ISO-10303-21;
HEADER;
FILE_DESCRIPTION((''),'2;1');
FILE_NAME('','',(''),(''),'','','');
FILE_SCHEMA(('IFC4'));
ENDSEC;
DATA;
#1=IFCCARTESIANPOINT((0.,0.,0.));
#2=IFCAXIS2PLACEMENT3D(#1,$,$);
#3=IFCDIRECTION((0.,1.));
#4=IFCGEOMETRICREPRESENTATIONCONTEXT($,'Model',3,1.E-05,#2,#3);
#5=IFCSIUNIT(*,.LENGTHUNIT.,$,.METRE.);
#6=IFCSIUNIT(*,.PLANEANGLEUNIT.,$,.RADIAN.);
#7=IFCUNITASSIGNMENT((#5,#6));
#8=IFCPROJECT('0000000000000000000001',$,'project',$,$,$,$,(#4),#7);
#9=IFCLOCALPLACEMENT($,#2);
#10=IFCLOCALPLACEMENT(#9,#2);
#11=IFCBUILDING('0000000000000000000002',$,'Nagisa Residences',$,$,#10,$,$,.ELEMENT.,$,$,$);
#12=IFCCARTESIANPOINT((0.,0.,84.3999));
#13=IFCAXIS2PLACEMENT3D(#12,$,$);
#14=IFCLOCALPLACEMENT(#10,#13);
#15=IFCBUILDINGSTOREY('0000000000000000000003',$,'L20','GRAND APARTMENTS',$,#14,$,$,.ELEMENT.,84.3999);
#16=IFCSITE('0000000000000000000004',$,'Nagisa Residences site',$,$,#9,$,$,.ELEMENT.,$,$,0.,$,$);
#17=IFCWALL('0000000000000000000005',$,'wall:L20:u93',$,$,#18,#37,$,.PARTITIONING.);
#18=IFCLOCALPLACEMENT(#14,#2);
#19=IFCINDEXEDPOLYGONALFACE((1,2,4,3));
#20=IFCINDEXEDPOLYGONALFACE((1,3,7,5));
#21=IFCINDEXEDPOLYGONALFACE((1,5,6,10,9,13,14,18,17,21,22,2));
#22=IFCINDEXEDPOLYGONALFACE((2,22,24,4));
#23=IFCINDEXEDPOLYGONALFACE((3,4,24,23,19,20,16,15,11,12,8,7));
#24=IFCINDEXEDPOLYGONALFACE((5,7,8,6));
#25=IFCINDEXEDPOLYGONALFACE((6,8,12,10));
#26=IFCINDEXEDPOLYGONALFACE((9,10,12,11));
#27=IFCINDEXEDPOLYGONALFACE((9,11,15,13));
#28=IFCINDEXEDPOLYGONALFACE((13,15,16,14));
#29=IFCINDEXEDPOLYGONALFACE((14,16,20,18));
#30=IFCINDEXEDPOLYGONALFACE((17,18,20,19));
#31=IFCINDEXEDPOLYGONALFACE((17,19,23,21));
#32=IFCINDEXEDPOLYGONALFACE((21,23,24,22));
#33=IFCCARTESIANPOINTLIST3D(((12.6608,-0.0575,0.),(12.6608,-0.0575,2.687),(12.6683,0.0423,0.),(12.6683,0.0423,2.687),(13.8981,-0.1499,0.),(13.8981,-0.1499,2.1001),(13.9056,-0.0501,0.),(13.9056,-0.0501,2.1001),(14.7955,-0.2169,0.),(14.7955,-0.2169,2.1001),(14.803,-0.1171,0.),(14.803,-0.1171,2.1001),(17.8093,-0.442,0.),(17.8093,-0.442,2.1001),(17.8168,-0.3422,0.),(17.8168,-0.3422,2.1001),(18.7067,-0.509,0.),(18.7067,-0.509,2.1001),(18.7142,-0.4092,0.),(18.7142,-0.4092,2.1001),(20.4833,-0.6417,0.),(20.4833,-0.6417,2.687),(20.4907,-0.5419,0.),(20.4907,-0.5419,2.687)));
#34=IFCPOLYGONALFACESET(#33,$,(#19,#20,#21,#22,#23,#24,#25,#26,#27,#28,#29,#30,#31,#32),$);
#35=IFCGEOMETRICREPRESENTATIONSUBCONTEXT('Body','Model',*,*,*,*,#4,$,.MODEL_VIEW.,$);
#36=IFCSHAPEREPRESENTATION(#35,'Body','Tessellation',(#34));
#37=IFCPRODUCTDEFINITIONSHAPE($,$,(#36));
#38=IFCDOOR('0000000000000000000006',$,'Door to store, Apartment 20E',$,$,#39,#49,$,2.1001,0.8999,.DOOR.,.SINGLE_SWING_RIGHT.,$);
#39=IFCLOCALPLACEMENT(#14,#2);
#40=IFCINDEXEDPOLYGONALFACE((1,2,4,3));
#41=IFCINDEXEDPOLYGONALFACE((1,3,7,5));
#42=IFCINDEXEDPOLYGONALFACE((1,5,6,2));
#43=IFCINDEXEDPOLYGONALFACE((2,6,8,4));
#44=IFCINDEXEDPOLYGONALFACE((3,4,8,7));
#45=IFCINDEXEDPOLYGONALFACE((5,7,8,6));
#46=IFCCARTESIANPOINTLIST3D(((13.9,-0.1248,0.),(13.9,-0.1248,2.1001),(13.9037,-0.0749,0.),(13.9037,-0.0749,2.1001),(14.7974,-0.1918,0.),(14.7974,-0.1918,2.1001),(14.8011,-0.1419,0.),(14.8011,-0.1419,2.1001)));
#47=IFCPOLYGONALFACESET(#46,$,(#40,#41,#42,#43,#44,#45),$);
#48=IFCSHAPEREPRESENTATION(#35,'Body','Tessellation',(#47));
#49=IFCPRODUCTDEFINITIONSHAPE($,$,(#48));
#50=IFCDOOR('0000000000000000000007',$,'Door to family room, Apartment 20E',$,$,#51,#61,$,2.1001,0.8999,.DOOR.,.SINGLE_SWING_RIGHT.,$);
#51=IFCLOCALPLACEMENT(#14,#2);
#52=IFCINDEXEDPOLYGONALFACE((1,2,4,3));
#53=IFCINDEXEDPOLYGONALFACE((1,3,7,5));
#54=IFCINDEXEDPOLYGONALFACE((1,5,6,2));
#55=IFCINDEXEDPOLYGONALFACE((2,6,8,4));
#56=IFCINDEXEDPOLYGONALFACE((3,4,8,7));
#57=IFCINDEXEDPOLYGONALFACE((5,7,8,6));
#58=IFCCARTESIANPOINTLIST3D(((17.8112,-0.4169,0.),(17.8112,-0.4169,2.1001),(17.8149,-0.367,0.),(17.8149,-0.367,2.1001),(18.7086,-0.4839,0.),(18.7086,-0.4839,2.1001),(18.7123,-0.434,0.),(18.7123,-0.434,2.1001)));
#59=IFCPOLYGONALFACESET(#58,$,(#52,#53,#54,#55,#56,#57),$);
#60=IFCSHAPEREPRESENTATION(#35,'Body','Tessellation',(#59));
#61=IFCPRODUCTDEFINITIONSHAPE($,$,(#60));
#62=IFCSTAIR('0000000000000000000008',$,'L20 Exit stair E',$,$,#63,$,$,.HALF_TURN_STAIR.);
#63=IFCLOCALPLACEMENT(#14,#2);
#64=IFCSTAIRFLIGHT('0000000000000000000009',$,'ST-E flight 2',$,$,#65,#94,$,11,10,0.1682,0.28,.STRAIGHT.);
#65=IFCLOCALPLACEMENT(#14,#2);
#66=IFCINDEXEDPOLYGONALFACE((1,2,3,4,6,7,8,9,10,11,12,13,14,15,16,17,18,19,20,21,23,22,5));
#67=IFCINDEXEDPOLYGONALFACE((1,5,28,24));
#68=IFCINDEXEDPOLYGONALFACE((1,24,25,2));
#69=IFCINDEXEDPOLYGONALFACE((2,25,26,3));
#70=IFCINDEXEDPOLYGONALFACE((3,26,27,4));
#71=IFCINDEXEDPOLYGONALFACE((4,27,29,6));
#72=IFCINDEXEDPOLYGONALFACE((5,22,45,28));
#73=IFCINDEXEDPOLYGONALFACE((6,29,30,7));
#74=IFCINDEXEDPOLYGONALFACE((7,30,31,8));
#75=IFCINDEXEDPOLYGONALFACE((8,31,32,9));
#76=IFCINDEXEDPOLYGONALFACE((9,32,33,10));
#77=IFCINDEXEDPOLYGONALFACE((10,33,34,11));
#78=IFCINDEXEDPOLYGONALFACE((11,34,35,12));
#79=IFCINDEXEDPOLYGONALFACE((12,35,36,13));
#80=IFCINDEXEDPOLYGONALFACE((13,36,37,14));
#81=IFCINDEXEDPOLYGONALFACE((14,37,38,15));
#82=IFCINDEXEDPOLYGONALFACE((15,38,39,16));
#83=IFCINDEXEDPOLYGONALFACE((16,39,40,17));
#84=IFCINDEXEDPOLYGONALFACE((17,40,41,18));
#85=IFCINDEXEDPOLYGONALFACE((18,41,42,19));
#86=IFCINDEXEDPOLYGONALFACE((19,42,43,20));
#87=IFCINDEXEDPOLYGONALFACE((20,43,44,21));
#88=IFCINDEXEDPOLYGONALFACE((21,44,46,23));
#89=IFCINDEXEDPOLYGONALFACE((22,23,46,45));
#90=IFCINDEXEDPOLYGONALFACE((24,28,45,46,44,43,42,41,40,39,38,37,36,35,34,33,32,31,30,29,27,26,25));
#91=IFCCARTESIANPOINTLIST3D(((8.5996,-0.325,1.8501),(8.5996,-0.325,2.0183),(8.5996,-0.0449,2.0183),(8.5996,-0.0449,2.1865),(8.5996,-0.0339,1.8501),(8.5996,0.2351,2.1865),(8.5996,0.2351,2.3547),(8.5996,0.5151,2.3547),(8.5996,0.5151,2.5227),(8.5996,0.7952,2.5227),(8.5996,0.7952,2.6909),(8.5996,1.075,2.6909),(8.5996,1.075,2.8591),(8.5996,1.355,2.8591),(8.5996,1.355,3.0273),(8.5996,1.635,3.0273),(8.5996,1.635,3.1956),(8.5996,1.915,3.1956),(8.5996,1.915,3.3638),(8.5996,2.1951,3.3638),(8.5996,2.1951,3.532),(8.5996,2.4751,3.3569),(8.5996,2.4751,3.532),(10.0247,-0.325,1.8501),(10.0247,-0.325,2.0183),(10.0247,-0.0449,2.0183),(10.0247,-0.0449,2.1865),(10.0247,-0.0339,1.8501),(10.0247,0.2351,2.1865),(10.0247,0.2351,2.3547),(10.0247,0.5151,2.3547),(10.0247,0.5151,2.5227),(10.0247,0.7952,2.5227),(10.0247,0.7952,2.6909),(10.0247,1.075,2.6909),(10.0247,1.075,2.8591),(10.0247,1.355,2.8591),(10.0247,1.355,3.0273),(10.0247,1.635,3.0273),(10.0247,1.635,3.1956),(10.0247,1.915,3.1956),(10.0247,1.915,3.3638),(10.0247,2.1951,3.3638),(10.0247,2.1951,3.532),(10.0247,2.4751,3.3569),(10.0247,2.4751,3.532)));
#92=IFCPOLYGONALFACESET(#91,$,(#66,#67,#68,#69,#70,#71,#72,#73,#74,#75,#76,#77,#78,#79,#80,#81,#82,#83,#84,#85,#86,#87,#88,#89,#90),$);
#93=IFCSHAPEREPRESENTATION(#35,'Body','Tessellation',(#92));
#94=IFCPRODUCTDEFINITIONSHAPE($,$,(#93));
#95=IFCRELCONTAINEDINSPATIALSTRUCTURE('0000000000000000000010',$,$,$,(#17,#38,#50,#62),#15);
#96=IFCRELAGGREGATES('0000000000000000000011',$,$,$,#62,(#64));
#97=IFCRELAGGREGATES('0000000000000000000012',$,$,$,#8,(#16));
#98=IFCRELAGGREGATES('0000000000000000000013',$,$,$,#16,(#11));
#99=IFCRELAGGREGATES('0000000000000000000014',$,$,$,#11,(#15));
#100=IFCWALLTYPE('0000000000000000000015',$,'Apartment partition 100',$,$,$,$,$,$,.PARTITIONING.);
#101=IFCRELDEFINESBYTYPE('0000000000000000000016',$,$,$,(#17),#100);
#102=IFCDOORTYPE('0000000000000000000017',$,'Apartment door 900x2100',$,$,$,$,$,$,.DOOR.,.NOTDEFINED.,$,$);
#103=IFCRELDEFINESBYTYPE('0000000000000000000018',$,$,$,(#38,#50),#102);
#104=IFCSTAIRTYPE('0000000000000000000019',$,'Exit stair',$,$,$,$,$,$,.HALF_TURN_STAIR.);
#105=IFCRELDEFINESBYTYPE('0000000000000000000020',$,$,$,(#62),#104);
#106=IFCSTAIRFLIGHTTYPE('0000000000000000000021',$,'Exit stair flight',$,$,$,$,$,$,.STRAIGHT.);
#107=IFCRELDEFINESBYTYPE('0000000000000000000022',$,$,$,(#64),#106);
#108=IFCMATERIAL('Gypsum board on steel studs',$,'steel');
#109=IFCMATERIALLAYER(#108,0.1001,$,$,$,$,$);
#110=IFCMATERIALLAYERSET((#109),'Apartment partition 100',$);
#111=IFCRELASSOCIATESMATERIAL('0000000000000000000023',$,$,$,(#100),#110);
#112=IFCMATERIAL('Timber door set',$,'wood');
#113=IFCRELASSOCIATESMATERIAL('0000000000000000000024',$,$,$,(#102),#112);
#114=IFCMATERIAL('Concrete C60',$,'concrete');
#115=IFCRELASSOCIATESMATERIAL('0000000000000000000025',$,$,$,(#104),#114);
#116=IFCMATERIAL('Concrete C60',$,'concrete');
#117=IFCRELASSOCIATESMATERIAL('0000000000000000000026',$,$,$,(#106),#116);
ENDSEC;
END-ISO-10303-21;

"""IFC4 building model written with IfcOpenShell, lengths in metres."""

from ifc_helpers import new_model, si_unit, direction, frame, frame_2d, origin, place, context, subcontext, project, spatial, polyline, rectangle, outline, extrude, material, layer, layer_set, type_object, element, fill, aggregate, save


model = new_model("IFC4")

# Units and contexts
model_context = context("Model", 3, precision=1e-05, world=origin(), true_north=direction((0.0, 1.0)))
body_context = subcontext(model_context, "Body", "Model", "MODEL_VIEW")
ifc_project = project(units=[si_unit("LENGTHUNIT", "METRE"), si_unit("PLANEANGLEUNIT", "RADIAN")], contexts=[model_context])

# Site, building, storey
site_placement = place(None, origin())
site = spatial("IfcSite", under=ifc_project, at=site_placement, Name="Nagisa Residences site", CompositionType="ELEMENT", RefElevation=0.0)
building_placement = place(site_placement, origin())
building = spatial("IfcBuilding", under=site, at=building_placement, Name="Nagisa Residences", CompositionType="ELEMENT")
storey_placement = place(building_placement, frame((0.0, 0.0, 84.3999)))
storey = spatial("IfcBuildingStorey", under=building, at=storey_placement, Name="L20", Description="GRAND APARTMENTS", CompositionType="ELEMENT", Elevation=84.3999)

# Shared definitions
ifc_material_1 = material(Name="Gypsum board on steel studs", Category="steel")
ifc_layer_1 = layer(ifc_material_1, 0.1001)
ifc_layer_set_1 = layer_set([ifc_layer_1], Name="Apartment partition 100")
wall_type_1 = type_object("IfcWallType", Name="Apartment partition 100", PredefinedType="PARTITIONING", material=ifc_layer_set_1)
ifc_material_2 = material(Name="Timber door set", Category="wood")
door_type_1 = type_object("IfcDoorType", Name="Apartment door 900x2100", OperationType="NOTDEFINED", PredefinedType="DOOR", material=ifc_material_2)

# Wall, openings, doors
wall_1_placement = place(storey_placement, frame((12.6646, -0.0076, 0.0), z_axis=(0.0, 0.0, 1.0), x_axis=(0.997223, -0.074478, 0.0)))
wall_1 = element("IfcWall", 1, at=wall_1_placement, inside=storey, type_object=wall_type_1, Name="wall:L20:u93", PredefinedType="PARTITIONING", context=body_context, shape_type="SweptSolid", body=[
    extrude(rectangle(XDim=7.8442, YDim=0.1001, at=frame_2d((3.9221, 0.0))), origin(), (0.0, 0.0, 1.0), 2.687),
])
opening_1_placement = place(wall_1_placement, frame((1.2407, 0.0, 0.0)))
opening_1 = element("IfcOpeningElement", 2, at=opening_1_placement, cuts=wall_1, PredefinedType="OPENING", context=body_context, shape_type="SweptSolid", body=[
    extrude(rectangle(XDim=0.8999, YDim=2.1001, at=frame_2d((0.45, 1.05))), frame((0.0, 0.0601, 0.0), z_axis=(0.0, -1.0, 0.0), x_axis=(1.0, 0.0, 0.0)), (0.0, 0.0, 1.0), 0.1201),
])
opening_2_placement = place(wall_1_placement, frame((5.1628, 0.0, 0.0)))
opening_2 = element("IfcOpeningElement", 3, at=opening_2_placement, cuts=wall_1, PredefinedType="OPENING", context=body_context, shape_type="SweptSolid", body=[
    extrude(rectangle(XDim=0.8999, YDim=2.1001, at=frame_2d((0.45, 1.05))), frame((0.0, 0.0601, 0.0), z_axis=(0.0, -1.0, 0.0), x_axis=(1.0, 0.0, 0.0)), (0.0, 0.0, 1.0), 0.1201),
])
door_1_placement = place(opening_1_placement, frame((0.8999, 0.0, 0.0), x_axis=(-1.0, 0.0, 0.0)))
door_1 = element("IfcDoor", 4, at=door_1_placement, inside=storey, type_object=door_type_1, Name="Door to store, Apartment 20E", OperationType="SINGLE_SWING_RIGHT", OverallHeight=2.1001, OverallWidth=0.8999, PredefinedType="DOOR", context=body_context, shape_type="SweptSolid", body=[
    extrude(rectangle(XDim=0.8999, YDim=2.1001, at=frame_2d((0.45, 1.05))), frame((0.0, 0.0249, 0.0), z_axis=(0.0, -1.0, 0.0), x_axis=(1.0, 0.0, 0.0)), (0.0, 0.0, 1.0), 0.05),
])
fill(opening_1, door_1)
door_2_placement = place(opening_2_placement, frame((0.8999, 0.0, 0.0), x_axis=(-1.0, 0.0, 0.0)))
door_2 = element("IfcDoor", 5, at=door_2_placement, inside=storey, type_object=door_type_1, Name="Door to family room, Apartment 20E", OperationType="SINGLE_SWING_RIGHT", OverallHeight=2.1001, OverallWidth=0.8999, PredefinedType="DOOR", context=body_context, shape_type="SweptSolid", body=[
    extrude(rectangle(XDim=0.8999, YDim=2.1001, at=frame_2d((0.45, 1.05))), frame((0.0, 0.0249, 0.0), z_axis=(0.0, -1.0, 0.0), x_axis=(1.0, 0.0, 0.0)), (0.0, 0.0, 1.0), 0.05),
])
fill(opening_2, door_2)

# Stair, stair flight
ifc_material_3 = material(Name="Concrete C60", Category="concrete")
stair_type = type_object("IfcStairType", Name="Exit stair", PredefinedType="HALF_TURN_STAIR", material=ifc_material_3)
stair_placement = place(storey_placement, origin())
stair = element("IfcStair", 6, at=stair_placement, inside=storey, type_object=stair_type, Name="L20 Exit stair E", PredefinedType="HALF_TURN_STAIR")
ifc_material_4 = material(Name="Concrete C60", Category="concrete")
stair_flight_type = type_object("IfcStairFlightType", Name="Exit stair flight", PredefinedType="STRAIGHT", material=ifc_material_4)
stair_flight_placement = place(storey_placement, frame((9.312, -0.325, 1.8501), z_axis=(0.0, 0.0, 1.0), x_axis=(0.0, 1.0, 0.0)))
stair_flight = element("IfcStairFlight", 7, at=stair_flight_placement, type_object=stair_flight_type, Name="ST-E flight 2", NumberOfRisers=11, NumberOfTreads=10, PredefinedType="STRAIGHT", RiserHeight=0.1682, TreadLength=0.28, context=body_context, shape_type="SweptSolid", body=[
    extrude(outline(polyline([(0.0, 0.0), (0.0, 0.1682), (0.28, 0.1682), (0.28, 0.3364), (0.5601, 0.3364), (0.5601, 0.5046), (0.8401, 0.5046), (0.8401, 0.6726), (1.1201, 0.6726), (1.1201, 0.8408), (1.3999, 0.8408), (1.3999, 1.009), (1.6799, 1.009), (1.6799, 1.1772), (1.96, 1.1772), (1.96, 1.3455), (2.24, 1.3455), (2.24, 1.5137), (2.52, 1.5137), (2.52, 1.6819), (2.8, 1.6819), (2.8, 1.8501), (2.8, 1.5068), (0.291, 0.0), (0.0, 0.0)])), frame((0.0, 0.7124, 0.0), z_axis=(0.0, -1.0, 0.0), x_axis=(1.0, 0.0, 0.0)), (0.0, 0.0, 1.0), 1.425),
])
aggregate(stair, [stair_flight])

save(model, "model.ifc")
